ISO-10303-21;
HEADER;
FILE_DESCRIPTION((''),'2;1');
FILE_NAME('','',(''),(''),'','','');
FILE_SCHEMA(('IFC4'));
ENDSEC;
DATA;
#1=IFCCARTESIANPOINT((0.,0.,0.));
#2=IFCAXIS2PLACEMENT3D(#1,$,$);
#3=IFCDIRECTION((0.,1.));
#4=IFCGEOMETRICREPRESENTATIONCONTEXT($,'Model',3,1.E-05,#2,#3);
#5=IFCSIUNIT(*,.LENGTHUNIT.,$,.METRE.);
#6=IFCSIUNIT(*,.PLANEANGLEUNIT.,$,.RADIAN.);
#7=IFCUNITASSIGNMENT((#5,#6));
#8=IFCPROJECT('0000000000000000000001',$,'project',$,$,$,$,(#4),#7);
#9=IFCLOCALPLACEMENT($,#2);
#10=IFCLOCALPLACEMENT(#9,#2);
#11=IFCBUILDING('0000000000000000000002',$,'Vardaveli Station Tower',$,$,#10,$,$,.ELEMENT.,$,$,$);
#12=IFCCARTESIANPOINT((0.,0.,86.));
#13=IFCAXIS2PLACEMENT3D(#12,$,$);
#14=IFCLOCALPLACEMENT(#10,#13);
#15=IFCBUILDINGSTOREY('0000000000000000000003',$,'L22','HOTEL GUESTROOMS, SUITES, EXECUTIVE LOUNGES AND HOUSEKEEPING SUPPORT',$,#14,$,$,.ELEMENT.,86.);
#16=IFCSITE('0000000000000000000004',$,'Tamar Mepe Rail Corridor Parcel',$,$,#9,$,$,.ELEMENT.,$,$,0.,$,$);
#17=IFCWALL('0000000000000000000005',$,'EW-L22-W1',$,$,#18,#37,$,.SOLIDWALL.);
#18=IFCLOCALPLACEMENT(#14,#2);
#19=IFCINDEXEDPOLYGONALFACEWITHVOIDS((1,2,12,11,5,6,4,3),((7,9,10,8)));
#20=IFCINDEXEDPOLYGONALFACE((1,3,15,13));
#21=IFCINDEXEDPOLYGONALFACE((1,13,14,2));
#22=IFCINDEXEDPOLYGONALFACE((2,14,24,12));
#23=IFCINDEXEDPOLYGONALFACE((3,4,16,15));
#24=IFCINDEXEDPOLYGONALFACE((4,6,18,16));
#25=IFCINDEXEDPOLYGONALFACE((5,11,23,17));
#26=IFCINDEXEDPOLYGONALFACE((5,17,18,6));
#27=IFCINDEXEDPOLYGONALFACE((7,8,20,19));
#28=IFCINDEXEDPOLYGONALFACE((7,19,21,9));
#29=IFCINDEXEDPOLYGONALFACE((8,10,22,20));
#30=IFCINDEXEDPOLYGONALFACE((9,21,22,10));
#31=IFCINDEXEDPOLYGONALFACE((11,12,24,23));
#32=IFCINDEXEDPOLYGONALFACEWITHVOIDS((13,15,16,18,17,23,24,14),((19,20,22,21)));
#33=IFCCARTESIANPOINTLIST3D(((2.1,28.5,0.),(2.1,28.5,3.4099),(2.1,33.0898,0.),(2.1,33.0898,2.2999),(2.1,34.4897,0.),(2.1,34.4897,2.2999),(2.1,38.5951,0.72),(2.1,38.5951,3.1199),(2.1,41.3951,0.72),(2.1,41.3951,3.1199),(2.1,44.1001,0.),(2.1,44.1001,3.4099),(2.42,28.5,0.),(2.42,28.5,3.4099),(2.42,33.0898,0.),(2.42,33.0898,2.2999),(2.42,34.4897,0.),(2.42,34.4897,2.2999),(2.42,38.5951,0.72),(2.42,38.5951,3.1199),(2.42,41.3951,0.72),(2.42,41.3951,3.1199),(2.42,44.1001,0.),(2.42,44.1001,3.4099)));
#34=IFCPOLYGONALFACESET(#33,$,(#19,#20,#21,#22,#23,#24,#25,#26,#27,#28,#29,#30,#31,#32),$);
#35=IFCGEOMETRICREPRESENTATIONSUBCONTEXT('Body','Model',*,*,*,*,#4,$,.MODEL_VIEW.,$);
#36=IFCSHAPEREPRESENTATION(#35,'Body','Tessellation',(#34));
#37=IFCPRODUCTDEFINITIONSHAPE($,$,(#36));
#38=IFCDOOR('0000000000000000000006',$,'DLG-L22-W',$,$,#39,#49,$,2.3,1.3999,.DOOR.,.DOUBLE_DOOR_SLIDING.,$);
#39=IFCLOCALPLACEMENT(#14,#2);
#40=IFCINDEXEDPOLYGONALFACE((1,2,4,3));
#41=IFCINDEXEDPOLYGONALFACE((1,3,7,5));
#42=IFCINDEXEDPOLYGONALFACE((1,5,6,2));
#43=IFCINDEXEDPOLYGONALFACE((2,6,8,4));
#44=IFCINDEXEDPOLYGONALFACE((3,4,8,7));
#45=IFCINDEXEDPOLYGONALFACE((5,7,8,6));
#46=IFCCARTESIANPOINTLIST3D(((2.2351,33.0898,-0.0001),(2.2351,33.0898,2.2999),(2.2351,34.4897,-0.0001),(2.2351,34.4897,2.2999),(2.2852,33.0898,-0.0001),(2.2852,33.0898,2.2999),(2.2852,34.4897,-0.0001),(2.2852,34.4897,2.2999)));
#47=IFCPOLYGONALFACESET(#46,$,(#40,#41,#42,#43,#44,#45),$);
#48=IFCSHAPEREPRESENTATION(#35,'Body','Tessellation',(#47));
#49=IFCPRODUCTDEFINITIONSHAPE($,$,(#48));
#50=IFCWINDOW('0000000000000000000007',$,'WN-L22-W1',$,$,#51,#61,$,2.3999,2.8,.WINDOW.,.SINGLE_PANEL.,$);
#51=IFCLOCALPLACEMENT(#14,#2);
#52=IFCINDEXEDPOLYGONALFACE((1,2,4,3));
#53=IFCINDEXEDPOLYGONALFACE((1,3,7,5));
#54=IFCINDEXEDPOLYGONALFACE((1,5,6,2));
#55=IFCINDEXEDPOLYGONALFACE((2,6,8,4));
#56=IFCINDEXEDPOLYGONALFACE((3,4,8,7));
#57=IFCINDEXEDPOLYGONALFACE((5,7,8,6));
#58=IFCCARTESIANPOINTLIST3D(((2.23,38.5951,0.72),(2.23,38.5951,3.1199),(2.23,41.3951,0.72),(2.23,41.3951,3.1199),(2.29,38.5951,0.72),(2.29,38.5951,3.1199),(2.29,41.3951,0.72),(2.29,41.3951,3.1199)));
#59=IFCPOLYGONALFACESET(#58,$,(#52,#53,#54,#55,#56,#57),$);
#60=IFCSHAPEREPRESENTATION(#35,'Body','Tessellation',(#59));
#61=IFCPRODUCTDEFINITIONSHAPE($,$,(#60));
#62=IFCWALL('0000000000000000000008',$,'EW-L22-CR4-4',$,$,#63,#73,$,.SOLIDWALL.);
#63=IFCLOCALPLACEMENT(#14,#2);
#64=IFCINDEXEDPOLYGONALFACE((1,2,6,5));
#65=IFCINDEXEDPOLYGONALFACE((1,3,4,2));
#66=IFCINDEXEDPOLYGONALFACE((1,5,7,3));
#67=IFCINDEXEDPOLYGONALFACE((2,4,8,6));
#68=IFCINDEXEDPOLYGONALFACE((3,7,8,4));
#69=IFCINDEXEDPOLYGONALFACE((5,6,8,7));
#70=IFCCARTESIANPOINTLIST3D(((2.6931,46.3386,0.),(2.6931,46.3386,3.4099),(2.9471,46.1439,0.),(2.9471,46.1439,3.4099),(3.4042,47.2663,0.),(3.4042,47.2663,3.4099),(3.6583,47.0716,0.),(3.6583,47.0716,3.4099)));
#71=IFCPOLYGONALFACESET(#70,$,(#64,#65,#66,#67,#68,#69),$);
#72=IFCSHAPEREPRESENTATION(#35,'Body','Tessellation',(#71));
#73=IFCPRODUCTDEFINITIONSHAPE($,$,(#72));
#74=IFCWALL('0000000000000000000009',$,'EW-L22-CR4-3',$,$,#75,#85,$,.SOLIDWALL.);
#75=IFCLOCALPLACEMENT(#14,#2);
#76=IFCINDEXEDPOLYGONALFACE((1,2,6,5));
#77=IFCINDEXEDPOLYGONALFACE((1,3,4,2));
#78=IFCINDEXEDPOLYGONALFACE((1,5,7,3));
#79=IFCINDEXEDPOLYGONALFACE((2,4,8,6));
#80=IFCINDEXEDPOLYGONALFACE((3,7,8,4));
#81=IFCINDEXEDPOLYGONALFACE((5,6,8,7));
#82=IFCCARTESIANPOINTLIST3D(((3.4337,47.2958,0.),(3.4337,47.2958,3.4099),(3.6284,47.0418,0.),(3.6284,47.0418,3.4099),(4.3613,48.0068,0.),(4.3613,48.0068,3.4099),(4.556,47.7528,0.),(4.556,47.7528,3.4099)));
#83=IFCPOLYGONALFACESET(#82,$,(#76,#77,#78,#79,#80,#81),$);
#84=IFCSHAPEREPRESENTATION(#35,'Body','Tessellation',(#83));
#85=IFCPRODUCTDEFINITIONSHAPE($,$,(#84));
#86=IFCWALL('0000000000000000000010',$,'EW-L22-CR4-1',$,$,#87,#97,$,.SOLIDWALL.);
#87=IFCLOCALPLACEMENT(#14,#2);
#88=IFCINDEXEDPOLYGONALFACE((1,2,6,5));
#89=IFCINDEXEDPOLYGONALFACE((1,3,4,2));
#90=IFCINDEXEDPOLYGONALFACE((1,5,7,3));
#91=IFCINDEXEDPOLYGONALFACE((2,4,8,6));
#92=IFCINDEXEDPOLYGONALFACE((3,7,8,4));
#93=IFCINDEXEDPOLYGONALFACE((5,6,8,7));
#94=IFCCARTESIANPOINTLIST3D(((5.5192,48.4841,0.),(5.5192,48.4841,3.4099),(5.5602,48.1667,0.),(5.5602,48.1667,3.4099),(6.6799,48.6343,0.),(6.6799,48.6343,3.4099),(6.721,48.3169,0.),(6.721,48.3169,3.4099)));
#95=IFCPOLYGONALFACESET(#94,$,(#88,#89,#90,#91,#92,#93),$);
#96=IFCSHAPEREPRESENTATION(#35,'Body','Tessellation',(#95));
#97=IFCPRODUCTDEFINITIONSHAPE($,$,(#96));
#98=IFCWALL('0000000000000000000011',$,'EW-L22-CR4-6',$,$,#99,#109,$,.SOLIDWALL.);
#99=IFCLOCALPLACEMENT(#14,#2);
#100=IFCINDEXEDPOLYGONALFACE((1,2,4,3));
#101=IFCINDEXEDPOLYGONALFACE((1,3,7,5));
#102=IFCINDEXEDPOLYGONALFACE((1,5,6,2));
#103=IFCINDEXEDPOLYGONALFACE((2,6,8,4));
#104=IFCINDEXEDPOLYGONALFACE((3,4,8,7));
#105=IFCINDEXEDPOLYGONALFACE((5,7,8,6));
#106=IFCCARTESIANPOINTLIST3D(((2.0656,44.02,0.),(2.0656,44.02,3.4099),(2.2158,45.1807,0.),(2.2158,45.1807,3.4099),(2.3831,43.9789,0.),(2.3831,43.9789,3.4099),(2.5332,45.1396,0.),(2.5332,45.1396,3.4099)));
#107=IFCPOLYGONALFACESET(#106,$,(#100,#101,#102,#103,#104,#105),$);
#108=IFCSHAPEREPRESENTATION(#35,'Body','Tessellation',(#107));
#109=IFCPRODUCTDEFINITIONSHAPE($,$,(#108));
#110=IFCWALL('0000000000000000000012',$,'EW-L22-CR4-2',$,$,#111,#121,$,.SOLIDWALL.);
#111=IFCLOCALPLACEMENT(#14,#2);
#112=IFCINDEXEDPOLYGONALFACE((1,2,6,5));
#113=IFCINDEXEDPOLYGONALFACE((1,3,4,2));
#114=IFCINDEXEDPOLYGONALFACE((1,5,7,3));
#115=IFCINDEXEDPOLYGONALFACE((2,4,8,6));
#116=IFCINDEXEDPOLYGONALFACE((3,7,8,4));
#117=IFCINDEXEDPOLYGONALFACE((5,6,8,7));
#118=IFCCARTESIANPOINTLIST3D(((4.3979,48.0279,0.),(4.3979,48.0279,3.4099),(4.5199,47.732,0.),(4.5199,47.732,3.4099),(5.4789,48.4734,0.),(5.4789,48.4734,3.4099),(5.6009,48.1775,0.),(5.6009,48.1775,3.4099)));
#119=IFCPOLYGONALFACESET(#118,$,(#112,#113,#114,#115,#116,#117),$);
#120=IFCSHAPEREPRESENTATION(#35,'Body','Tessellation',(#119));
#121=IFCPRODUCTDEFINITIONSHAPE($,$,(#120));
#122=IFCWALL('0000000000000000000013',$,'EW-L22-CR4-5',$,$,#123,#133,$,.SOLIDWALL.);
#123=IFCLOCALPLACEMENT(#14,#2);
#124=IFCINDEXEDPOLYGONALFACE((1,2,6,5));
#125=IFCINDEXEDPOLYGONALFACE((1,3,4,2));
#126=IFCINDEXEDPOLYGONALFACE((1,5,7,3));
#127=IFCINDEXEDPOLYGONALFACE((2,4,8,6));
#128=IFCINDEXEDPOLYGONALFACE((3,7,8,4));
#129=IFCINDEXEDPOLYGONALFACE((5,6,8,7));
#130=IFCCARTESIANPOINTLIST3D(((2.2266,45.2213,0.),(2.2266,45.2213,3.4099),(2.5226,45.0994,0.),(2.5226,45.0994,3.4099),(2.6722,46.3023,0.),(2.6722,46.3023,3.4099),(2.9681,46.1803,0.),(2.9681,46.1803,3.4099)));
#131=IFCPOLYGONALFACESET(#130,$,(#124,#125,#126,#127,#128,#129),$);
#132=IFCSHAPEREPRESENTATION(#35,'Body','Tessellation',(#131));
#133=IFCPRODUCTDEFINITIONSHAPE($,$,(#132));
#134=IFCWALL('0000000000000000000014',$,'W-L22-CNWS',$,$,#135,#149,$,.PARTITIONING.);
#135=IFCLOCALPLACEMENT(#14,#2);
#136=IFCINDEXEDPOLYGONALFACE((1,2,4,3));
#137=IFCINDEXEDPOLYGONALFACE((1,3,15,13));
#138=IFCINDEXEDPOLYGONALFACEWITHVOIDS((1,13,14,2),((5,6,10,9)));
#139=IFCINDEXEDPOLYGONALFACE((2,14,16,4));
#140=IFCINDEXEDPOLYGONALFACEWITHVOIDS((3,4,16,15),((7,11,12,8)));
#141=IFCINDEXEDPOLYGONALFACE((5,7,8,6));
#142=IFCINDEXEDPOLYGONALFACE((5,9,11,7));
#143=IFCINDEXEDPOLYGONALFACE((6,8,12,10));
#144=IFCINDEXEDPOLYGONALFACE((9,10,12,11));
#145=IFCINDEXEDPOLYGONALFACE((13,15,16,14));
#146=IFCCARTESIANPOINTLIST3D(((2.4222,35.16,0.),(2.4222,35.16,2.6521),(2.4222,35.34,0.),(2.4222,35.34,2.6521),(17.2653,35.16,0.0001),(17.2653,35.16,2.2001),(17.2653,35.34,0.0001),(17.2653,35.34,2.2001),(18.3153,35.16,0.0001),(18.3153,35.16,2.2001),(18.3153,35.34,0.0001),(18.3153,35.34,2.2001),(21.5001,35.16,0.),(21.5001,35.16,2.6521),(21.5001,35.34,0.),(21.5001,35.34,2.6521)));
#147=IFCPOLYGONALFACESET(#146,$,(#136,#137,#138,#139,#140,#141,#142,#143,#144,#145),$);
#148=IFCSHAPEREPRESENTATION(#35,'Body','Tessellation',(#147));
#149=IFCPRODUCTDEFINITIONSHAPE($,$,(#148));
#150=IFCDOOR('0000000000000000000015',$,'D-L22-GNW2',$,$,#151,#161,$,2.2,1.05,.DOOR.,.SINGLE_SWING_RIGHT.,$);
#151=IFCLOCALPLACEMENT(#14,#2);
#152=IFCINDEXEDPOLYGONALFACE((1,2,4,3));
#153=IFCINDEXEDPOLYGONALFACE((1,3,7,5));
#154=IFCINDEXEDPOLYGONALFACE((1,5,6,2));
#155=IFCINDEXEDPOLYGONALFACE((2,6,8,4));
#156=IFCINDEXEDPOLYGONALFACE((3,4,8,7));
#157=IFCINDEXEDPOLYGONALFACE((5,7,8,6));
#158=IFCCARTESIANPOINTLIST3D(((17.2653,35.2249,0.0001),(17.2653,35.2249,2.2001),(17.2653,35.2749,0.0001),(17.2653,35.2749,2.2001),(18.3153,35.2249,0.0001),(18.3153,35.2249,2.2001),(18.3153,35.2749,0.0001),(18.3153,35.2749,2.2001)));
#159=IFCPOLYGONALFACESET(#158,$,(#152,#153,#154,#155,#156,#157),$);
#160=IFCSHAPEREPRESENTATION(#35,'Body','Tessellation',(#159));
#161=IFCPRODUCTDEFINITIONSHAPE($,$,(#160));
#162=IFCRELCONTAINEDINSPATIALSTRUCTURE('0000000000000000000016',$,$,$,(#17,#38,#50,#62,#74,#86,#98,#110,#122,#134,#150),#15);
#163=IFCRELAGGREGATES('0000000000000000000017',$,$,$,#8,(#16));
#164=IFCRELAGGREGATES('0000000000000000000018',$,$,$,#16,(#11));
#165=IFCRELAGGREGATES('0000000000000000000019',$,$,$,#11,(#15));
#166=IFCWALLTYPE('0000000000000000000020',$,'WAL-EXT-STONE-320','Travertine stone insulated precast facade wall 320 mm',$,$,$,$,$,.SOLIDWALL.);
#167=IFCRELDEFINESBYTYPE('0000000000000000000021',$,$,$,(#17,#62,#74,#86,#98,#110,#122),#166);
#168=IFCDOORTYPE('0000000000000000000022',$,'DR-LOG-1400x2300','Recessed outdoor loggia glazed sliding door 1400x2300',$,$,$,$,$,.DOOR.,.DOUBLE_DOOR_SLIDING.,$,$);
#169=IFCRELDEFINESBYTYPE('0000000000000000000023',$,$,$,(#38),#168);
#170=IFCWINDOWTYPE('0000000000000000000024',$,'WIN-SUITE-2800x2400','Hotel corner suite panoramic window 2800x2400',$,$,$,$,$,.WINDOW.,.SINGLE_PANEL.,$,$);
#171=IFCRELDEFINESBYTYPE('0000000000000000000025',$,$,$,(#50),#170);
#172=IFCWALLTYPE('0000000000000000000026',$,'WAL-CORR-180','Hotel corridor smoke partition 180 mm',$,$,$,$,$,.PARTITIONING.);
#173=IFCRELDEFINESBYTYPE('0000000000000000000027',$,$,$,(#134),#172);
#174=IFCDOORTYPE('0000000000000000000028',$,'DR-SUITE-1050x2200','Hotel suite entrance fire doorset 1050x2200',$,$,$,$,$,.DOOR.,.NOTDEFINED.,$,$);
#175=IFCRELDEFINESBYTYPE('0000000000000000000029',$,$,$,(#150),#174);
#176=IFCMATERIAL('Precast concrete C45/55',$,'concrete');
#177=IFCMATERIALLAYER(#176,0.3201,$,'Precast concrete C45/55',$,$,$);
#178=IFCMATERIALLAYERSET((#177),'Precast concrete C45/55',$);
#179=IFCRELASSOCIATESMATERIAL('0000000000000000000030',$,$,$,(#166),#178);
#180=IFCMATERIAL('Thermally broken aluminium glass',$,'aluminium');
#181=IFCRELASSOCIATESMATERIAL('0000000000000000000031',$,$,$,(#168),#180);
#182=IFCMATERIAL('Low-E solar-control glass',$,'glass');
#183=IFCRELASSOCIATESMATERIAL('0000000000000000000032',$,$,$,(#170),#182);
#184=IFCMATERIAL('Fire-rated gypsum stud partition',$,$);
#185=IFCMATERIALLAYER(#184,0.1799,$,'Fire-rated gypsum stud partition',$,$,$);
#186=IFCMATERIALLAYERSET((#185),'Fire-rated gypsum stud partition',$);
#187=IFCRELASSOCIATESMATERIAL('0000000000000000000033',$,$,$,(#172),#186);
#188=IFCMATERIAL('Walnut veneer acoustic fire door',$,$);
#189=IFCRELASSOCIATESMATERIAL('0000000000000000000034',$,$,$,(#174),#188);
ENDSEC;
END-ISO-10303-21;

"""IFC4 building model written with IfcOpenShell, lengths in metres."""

from ifc_helpers import new_model, si_unit, direction, frame, frame_2d, origin, place, context, subcontext, project, spatial, rectangle, extrude, source, transform, mapped, material, layer, layer_set, type_object, element, fill, save


model = new_model("IFC4")

# Units and contexts
model_context = context("Model", 3, precision=1e-05, world=origin(), true_north=direction((0.0, 1.0)))
body_context = subcontext(model_context, "Body", "Model", "MODEL_VIEW")
ifc_project = project(units=[si_unit("LENGTHUNIT", "METRE"), si_unit("PLANEANGLEUNIT", "RADIAN")], contexts=[model_context])

# Site, building, storey
site_placement = place(None, origin())
site = spatial("IfcSite", under=ifc_project, at=site_placement, Name="Tamar Mepe Rail Corridor Parcel", CompositionType="ELEMENT", RefElevation=0.0)
building_placement = place(site_placement, origin())
building = spatial("IfcBuilding", under=site, at=building_placement, Name="Vardaveli Station Tower", CompositionType="ELEMENT")
storey_placement = place(building_placement, frame((0.0, 0.0, 86.0)))
storey = spatial("IfcBuildingStorey", under=building, at=storey_placement, Name="L22", Description="HOTEL GUESTROOMS, SUITES, EXECUTIVE LOUNGES AND HOUSEKEEPING SUPPORT", CompositionType="ELEMENT", Elevation=86.0)

# Shared definitions
ifc_material_1 = material(Name="Precast concrete C45/55", Category="concrete")

# Wall, openings, door, window
ifc_layer_1 = layer(ifc_material_1, 0.3201, Name="Precast concrete C45/55")
ifc_layer_set_1 = layer_set([ifc_layer_1], Name="Precast concrete C45/55")
wall_type_1 = type_object("IfcWallType", Name="WAL-EXT-STONE-320", Description="Travertine stone insulated precast facade wall 320 mm", PredefinedType="SOLIDWALL", material=ifc_layer_set_1)
shared_shape_1 = source(origin(), body_context, "Body", "SweptSolid", [
    extrude(rectangle(XDim=15.6001, YDim=0.3201, at=frame_2d((7.8, 0.0))), origin(), (0.0, 0.0, 1.0), 3.4099),
])
wall_1_placement = place(storey_placement, frame((2.26, 44.1001, 0.0), z_axis=(0.0, 0.0, 1.0), x_axis=(0.0, -1.0, 0.0)))
wall_1 = element("IfcWall", 1, at=wall_1_placement, inside=storey, type_object=wall_type_1, Name="EW-L22-W1", PredefinedType="SOLIDWALL", context=body_context, shape_type="MappedRepresentation", body=[
    mapped(shared_shape_1, transform((0.0, 0.0, 0.0), scale=1.0)),
])
shared_shape_2 = source(origin(), body_context, "Body", "SweptSolid", [
    extrude(rectangle(XDim=1.3999, YDim=2.3, at=frame_2d((0.7, 1.1499))), frame((0.0, 0.1699, 0.0), z_axis=(0.0, -1.0, 0.0), x_axis=(1.0, 0.0, 0.0)), (0.0, 0.0, 1.0), 0.3401),
])
opening_1_placement = place(wall_1_placement, frame((9.6104, 0.0, 0.0)))
opening_1 = element("IfcOpeningElement", 2, at=opening_1_placement, cuts=wall_1, PredefinedType="OPENING", context=body_context, shape_type="MappedRepresentation", body=[
    mapped(shared_shape_2, transform((0.0, 0.0, 0.0), scale=1.0)),
])
shared_shape_3 = source(origin(), body_context, "Body", "SweptSolid", [
    extrude(rectangle(XDim=2.8, YDim=2.3999, at=frame_2d((1.3999, 1.2))), frame((0.0, 0.1699, 0.0), z_axis=(0.0, -1.0, 0.0), x_axis=(1.0, 0.0, 0.0)), (0.0, 0.0, 1.0), 0.3401),
])
opening_2_placement = place(wall_1_placement, frame((2.7051, 0.0, 0.72)))
opening_2 = element("IfcOpeningElement", 3, at=opening_2_placement, cuts=wall_1, PredefinedType="OPENING", context=body_context, shape_type="MappedRepresentation", body=[
    mapped(shared_shape_3, transform((0.0, 0.0, 0.0), scale=1.0)),
])
ifc_material_2 = material(Name="Thermally broken aluminium glass", Category="aluminium")
door_type_1 = type_object("IfcDoorType", Name="DR-LOG-1400x2300", Description="Recessed outdoor loggia glazed sliding door 1400x2300", OperationType="DOUBLE_DOOR_SLIDING", PredefinedType="DOOR", material=ifc_material_2)
shared_shape_4 = source(origin(), body_context, "Body", "SweptSolid", [
    extrude(rectangle(XDim=1.3999, YDim=2.3, at=frame_2d((0.7, 1.1499))), frame((0.0, 0.0249, 0.0), z_axis=(0.0, -1.0, 0.0), x_axis=(1.0, 0.0, 0.0)), (0.0, 0.0, 1.0), 0.05),
])
door_1_placement = place(opening_1_placement, frame((1.3999, 0.0, 0.0), z_axis=(0.0, 0.0, 1.0), x_axis=(-1.0, 0.0, 0.0)))
door_1 = element("IfcDoor", 4, at=door_1_placement, inside=storey, type_object=door_type_1, Name="DLG-L22-W", OperationType="DOUBLE_DOOR_SLIDING", OverallHeight=2.3, OverallWidth=1.3999, PredefinedType="DOOR", context=body_context, shape_type="MappedRepresentation", body=[
    mapped(shared_shape_4, transform((0.0, 0.0, 0.0), scale=1.0)),
])
fill(opening_1, door_1)
ifc_material_3 = material(Name="Low-E solar-control glass", Category="glass")
window_type = type_object("IfcWindowType", Name="WIN-SUITE-2800x2400", Description="Hotel corner suite panoramic window 2800x2400", PartitioningType="SINGLE_PANEL", PredefinedType="WINDOW", material=ifc_material_3)
shared_shape_5 = source(origin(), body_context, "Body", "SweptSolid", [
    extrude(rectangle(XDim=2.8, YDim=2.3999, at=frame_2d((1.3999, 1.2))), frame((0.0, 0.03, 0.0), z_axis=(0.0, -1.0, 0.0), x_axis=(1.0, 0.0, 0.0)), (0.0, 0.0, 1.0), 0.0601),
])
window_placement = place(opening_2_placement, origin())
window = element("IfcWindow", 5, at=window_placement, inside=storey, type_object=window_type, Name="WN-L22-W1", OverallHeight=2.3999, OverallWidth=2.8, PartitioningType="SINGLE_PANEL", PredefinedType="WINDOW", context=body_context, shape_type="MappedRepresentation", body=[
    mapped(shared_shape_5, transform((0.0, 0.0, 0.0), scale=1.0)),
])
fill(opening_2, window)

# Walls
shared_shape_6 = source(origin(), body_context, "Body", "SweptSolid", [
    extrude(rectangle(XDim=1.1689, YDim=0.3201, at=frame_2d((0.5845, 0.0))), origin(), (0.0, 0.0, 1.0), 3.4099),
])
wall_2_placement = place(storey_placement, frame((3.5312, 47.1689, 0.0), z_axis=(0.0, 0.0, 1.0), x_axis=(-0.608388, -0.79364, 0.0)))
element("IfcWall", 6, at=wall_2_placement, inside=storey, type_object=wall_type_1, Name="EW-L22-CR4-4", PredefinedType="SOLIDWALL", context=body_context, shape_type="MappedRepresentation", body=[
    mapped(shared_shape_6, transform((0.0, 0.0, 0.0), scale=1.0)),
])
shared_shape_7 = source(origin(), body_context, "Body", "SweptSolid", [
    extrude(rectangle(XDim=1.1687, YDim=0.3201, at=frame_2d((0.5845, 0.0))), origin(), (0.0, 0.0, 1.0), 3.4099),
])
wall_3_placement = place(storey_placement, frame((4.4587, 47.8799, 0.0), z_axis=(0.0, 0.0, 1.0), x_axis=(-0.793664, -0.608357, 0.0)))
element("IfcWall", 7, at=wall_3_placement, inside=storey, type_object=wall_type_1, Name="EW-L22-CR4-3", PredefinedType="SOLIDWALL", context=body_context, shape_type="MappedRepresentation", body=[
    mapped(shared_shape_7, transform((0.0, 0.0, 0.0), scale=1.0)),
])
shared_shape_8 = source(origin(), body_context, "Body", "SweptSolid", [
    extrude(rectangle(XDim=1.1704, YDim=0.3201, at=frame_2d((0.5852, 0.0))), origin(), (0.0, 0.0, 1.0), 3.4099),
])
for number, where, z_axis, x_axis, name in (
    (8, (6.7004, 48.4756, 0.0), (0.0, 0.0, 1.0), (-0.991736, -0.128296, 0.0), "EW-L22-CR4-1"),
    (9, (2.3745, 45.1602, 0.0), (0.0, 0.0, 1.0), (-0.128296, -0.991736, 0.0), "EW-L22-CR4-6"),
):
    element("IfcWall", number, at=place(storey_placement, frame(where, z_axis=z_axis, x_axis=x_axis)), inside=storey, type_object=wall_type_1, Name=name, PredefinedType="SOLIDWALL", context=body_context, shape_type="MappedRepresentation", body=[
        mapped(shared_shape_8, transform((0.0, 0.0, 0.0), scale=1.0)),
    ])
shared_shape_9 = source(origin(), body_context, "Body", "SweptSolid", [
    extrude(rectangle(XDim=1.1692, YDim=0.3201, at=frame_2d((0.5845, 0.0))), origin(), (0.0, 0.0, 1.0), 3.4099),
])
for number, where, z_axis, x_axis, name in (
    (10, (5.5398, 48.3254, 0.0), (0.0, 0.0, 1.0), (-0.924553, -0.381054, 0.0), "EW-L22-CR4-2"),
    (11, (2.8201, 46.2412, 0.0), (0.0, 0.0, 1.0), (-0.381054, -0.924553, 0.0), "EW-L22-CR4-5"),
):
    element("IfcWall", number, at=place(storey_placement, frame(where, z_axis=z_axis, x_axis=x_axis)), inside=storey, type_object=wall_type_1, Name=name, PredefinedType="SOLIDWALL", context=body_context, shape_type="MappedRepresentation", body=[
        mapped(shared_shape_9, transform((0.0, 0.0, 0.0), scale=1.0)),
    ])

# Wall, opening, door
ifc_material_4 = material(Name="Fire-rated gypsum stud partition")
ifc_layer_2 = layer(ifc_material_4, 0.1799, Name="Fire-rated gypsum stud partition")
ifc_layer_set_2 = layer_set([ifc_layer_2], Name="Fire-rated gypsum stud partition")
wall_type_2 = type_object("IfcWallType", Name="WAL-CORR-180", Description="Hotel corridor smoke partition 180 mm", PredefinedType="PARTITIONING", material=ifc_layer_set_2)
shared_shape_10 = source(origin(), body_context, "Body", "SweptSolid", [
    extrude(rectangle(XDim=19.0779, YDim=0.1799, at=frame_2d((9.5391, 0.0))), origin(), (0.0, 0.0, 1.0), 2.6521),
])
wall_4_placement = place(storey_placement, frame((2.4221, 35.25, 0.0), z_axis=(0.0, 0.0, 1.0), x_axis=(1.0, 0.0, 0.0)))
wall_4 = element("IfcWall", 12, at=wall_4_placement, inside=storey, type_object=wall_type_2, Name="W-L22-CNWS", PredefinedType="PARTITIONING", context=body_context, shape_type="MappedRepresentation", body=[
    mapped(shared_shape_10, transform((0.0, 0.0, 0.0), scale=1.0)),
])
shared_shape_11 = source(origin(), body_context, "Body", "SweptSolid", [
    extrude(rectangle(XDim=1.05, YDim=2.2, at=frame_2d((0.5249, 1.1001))), frame((0.0, 0.1001, 0.0), z_axis=(0.0, -1.0, 0.0), x_axis=(1.0, 0.0, 0.0)), (0.0, 0.0, 1.0), 0.2),
])
opening_3_placement = place(wall_4_placement, frame((14.8433, 0.0, 0.0)))
opening_3 = element("IfcOpeningElement", 13, at=opening_3_placement, cuts=wall_4, PredefinedType="OPENING", context=body_context, shape_type="MappedRepresentation", body=[
    mapped(shared_shape_11, transform((0.0, 0.0, 0.0), scale=1.0)),
])
ifc_material_5 = material(Name="Walnut veneer acoustic fire door")
door_type_2 = type_object("IfcDoorType", Name="DR-SUITE-1050x2200", Description="Hotel suite entrance fire doorset 1050x2200", OperationType="NOTDEFINED", PredefinedType="DOOR", material=ifc_material_5)
shared_shape_12 = source(origin(), body_context, "Body", "SweptSolid", [
    extrude(rectangle(XDim=1.05, YDim=2.2, at=frame_2d((0.5249, 1.1001))), frame((0.0, 0.0249, 0.0), z_axis=(0.0, -1.0, 0.0), x_axis=(1.0, 0.0, 0.0)), (0.0, 0.0, 1.0), 0.05),
])
door_2_placement = place(opening_3_placement, origin())
door_2 = element("IfcDoor", 14, at=door_2_placement, inside=storey, type_object=door_type_2, Name="D-L22-GNW2", OperationType="SINGLE_SWING_RIGHT", OverallHeight=2.2, OverallWidth=1.05, PredefinedType="DOOR", context=body_context, shape_type="MappedRepresentation", body=[
    mapped(shared_shape_12, transform((0.0, 0.0, 0.0), scale=1.0)),
])
fill(opening_3, door_2)

save(model, "model.ifc")
